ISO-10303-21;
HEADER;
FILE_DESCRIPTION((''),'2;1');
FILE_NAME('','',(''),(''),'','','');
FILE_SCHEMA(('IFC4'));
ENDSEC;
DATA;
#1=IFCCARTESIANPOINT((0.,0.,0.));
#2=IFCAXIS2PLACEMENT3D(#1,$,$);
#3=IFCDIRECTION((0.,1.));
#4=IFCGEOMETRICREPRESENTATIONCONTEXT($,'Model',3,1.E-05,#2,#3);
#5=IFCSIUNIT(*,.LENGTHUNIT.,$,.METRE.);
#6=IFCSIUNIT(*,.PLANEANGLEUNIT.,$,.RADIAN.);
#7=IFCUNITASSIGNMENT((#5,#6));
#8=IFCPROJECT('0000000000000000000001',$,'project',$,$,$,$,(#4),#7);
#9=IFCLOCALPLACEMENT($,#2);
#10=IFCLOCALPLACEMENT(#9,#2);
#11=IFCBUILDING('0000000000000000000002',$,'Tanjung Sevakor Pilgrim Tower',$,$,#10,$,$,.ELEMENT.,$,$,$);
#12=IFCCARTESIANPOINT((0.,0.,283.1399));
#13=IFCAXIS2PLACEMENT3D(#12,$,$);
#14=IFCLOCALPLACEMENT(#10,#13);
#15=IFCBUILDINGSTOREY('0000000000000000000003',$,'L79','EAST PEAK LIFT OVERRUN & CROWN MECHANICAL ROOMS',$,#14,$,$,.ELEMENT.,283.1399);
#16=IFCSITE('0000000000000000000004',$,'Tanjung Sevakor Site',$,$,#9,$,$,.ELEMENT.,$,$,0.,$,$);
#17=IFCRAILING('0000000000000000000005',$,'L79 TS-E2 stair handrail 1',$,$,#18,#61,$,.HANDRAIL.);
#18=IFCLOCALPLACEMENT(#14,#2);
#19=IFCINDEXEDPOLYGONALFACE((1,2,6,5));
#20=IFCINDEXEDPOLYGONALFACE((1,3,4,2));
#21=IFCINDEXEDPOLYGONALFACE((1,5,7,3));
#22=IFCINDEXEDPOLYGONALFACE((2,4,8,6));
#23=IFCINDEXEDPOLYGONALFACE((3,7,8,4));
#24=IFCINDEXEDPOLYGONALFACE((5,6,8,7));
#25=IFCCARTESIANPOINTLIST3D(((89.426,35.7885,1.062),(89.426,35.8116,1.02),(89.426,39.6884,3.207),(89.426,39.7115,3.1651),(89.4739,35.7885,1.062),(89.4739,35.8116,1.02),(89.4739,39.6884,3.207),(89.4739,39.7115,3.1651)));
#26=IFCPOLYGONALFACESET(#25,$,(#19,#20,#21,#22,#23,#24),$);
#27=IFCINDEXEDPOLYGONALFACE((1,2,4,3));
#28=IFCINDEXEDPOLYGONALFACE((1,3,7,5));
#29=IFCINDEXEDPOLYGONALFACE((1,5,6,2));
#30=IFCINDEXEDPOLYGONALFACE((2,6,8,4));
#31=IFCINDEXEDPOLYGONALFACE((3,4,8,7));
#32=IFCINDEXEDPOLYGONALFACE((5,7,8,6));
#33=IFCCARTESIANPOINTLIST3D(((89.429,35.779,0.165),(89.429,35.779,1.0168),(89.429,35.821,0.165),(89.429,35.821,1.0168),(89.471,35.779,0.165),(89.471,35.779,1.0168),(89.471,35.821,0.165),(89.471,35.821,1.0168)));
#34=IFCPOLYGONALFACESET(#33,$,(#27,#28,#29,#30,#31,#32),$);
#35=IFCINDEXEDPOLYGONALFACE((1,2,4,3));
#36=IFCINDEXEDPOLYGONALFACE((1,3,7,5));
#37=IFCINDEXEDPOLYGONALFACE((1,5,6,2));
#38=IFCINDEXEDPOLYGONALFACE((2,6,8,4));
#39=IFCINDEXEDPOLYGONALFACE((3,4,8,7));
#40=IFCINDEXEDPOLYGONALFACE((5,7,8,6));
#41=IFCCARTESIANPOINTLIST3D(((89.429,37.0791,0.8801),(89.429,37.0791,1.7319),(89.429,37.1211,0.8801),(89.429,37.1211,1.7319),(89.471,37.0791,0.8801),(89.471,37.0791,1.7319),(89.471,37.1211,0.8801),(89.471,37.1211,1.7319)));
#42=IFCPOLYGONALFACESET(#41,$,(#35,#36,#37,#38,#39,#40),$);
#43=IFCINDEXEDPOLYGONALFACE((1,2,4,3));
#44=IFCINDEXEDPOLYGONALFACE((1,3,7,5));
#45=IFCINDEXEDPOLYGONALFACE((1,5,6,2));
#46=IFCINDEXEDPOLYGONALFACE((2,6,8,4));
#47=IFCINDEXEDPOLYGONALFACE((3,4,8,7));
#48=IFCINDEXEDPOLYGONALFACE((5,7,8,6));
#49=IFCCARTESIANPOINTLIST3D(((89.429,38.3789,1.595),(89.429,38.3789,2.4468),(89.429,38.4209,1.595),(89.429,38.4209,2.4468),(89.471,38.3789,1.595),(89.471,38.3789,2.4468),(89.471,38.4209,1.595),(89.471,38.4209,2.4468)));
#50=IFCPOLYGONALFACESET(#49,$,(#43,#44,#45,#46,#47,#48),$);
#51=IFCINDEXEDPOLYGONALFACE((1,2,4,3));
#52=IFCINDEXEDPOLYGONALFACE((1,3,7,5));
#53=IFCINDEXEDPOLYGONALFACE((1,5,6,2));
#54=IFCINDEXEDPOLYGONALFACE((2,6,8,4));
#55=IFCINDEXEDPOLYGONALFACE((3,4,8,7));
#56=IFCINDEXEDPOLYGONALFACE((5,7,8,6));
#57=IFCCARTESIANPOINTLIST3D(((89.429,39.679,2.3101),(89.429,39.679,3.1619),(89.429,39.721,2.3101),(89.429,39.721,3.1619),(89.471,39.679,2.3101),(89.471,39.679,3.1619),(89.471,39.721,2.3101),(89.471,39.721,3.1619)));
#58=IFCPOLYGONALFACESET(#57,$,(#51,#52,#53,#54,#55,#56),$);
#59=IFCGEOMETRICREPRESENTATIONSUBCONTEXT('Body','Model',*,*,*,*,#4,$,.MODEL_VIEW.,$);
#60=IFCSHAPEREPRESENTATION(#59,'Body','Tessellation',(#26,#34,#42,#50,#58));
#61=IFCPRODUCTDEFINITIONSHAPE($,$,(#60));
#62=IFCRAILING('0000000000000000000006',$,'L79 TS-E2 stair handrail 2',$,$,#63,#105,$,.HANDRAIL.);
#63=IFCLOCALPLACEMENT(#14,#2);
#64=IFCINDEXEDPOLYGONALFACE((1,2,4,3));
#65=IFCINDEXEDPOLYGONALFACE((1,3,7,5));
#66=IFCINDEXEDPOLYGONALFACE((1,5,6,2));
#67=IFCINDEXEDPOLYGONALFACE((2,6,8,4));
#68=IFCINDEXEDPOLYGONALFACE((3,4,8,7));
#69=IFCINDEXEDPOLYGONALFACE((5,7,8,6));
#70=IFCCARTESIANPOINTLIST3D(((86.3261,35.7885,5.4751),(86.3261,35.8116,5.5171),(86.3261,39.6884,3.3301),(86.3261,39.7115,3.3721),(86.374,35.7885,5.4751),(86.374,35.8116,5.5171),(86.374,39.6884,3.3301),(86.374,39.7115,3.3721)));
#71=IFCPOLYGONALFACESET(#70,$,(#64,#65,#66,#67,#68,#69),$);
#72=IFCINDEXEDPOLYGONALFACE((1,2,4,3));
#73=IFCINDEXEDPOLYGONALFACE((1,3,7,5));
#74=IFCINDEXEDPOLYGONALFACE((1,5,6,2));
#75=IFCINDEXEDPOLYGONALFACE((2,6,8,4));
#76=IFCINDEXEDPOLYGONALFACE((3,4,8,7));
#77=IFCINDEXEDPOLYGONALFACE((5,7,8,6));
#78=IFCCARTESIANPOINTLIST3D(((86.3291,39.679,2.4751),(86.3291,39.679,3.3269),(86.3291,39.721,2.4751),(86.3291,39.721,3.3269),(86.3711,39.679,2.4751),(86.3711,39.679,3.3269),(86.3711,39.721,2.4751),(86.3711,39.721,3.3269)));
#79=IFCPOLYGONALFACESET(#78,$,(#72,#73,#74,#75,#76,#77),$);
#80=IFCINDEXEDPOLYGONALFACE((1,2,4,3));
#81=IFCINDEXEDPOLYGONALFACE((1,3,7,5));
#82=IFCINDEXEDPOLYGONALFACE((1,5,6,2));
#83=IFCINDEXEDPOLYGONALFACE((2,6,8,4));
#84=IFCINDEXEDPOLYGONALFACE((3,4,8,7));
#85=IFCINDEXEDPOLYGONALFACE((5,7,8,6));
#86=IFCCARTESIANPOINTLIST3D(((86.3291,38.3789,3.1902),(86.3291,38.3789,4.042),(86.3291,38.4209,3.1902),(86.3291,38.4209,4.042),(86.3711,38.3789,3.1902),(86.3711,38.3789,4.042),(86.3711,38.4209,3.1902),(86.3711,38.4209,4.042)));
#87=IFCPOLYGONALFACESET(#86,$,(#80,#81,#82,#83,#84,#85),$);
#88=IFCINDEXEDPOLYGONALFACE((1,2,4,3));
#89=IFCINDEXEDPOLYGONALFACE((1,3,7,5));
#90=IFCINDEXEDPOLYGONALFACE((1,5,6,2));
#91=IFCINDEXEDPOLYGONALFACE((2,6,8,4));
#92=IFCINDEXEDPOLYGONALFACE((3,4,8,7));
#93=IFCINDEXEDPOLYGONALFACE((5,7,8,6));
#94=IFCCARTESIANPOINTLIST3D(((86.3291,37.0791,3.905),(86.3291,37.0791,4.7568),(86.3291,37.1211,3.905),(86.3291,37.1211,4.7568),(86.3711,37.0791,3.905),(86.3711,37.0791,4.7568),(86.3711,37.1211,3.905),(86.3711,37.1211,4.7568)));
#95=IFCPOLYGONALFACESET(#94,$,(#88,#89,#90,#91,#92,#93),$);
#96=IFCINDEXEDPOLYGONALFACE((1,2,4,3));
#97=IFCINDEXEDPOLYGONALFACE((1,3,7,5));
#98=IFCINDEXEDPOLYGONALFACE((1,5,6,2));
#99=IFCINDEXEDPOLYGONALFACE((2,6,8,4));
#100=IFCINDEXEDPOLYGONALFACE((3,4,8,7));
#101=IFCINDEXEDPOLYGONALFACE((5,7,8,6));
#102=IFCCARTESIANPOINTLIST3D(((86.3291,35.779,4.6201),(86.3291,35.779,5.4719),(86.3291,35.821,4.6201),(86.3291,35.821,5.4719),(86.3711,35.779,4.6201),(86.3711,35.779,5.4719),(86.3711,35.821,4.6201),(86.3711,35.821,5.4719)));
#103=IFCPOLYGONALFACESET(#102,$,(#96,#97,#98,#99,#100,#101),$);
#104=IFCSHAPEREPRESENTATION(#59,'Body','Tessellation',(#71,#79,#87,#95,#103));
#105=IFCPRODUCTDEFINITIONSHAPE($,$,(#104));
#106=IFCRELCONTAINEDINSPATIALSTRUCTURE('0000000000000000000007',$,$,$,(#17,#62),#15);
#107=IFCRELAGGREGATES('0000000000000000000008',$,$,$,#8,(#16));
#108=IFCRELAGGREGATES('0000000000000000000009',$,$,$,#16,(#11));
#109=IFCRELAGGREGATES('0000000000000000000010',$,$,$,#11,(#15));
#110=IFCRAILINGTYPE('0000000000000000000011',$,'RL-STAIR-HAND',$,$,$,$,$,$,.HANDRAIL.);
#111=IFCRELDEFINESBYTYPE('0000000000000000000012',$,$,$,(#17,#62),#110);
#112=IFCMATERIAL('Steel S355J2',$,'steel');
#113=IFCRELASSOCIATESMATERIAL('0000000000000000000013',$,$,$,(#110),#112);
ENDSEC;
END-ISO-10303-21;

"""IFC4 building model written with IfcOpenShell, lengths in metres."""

from ifc_helpers import new_model, si_unit, direction, frame, origin, place, context, subcontext, project, spatial, rectangle, extrude, material, type_object, element, save


model = new_model("IFC4")

# Units and contexts
model_context = context("Model", 3, precision=1e-05, world=origin(), true_north=direction((0.0, 1.0)))
body_context = subcontext(model_context, "Body", "Model", "MODEL_VIEW")
ifc_project = project(units=[si_unit("LENGTHUNIT", "METRE"), si_unit("PLANEANGLEUNIT", "RADIAN")], contexts=[model_context])

# Site, building, storey
site_placement = place(None, origin())
site = spatial("IfcSite", under=ifc_project, at=site_placement, Name="Tanjung Sevakor Site", CompositionType="ELEMENT", RefElevation=0.0)
building_placement = place(site_placement, origin())
building = spatial("IfcBuilding", under=site, at=building_placement, Name="Tanjung Sevakor Pilgrim Tower", CompositionType="ELEMENT")
storey_placement = place(building_placement, frame((0.0, 0.0, 283.1399)))
storey = spatial("IfcBuildingStorey", under=building, at=storey_placement, Name="L79", Description="EAST PEAK LIFT OVERRUN & CROWN MECHANICAL ROOMS", CompositionType="ELEMENT", Elevation=283.1399)

# Railings
ifc_material_1 = material(Name="Steel S355J2", Category="steel")
railing_type_1 = type_object("IfcRailingType", Name="RL-STAIR-HAND", PredefinedType="HANDRAIL", material=ifc_material_1)
railing_1_placement = place(storey_placement, frame((89.45, 35.8, 0.165)))
element("IfcRailing", 1, at=railing_1_placement, inside=storey, type_object=railing_type_1, Name="L79 TS-E2 stair handrail 1", PredefinedType="HANDRAIL", context=body_context, shape_type="SweptSolid", body=[
    extrude(rectangle(XDim=0.0479, YDim=0.0479), frame((0.0, 0.0, 0.876), z_axis=(0.0, 0.876209, 0.481931), x_axis=(-1.0, 0.0, 0.0)), (0.0, 0.0, 1.0), 4.4509),
    extrude(rectangle(XDim=0.042, YDim=0.042), origin(), (0.0, 0.0, 1.0), 0.8518),
    extrude(rectangle(XDim=0.042, YDim=0.042), frame((0.0, 1.3, 0.7151)), (0.0, 0.0, 1.0), 0.8518),
    extrude(rectangle(XDim=0.042, YDim=0.042), frame((0.0, 2.5999, 1.4299)), (0.0, 0.0, 1.0), 0.8518),
    extrude(rectangle(XDim=0.042, YDim=0.042), frame((0.0, 3.8999, 2.145)), (0.0, 0.0, 1.0), 0.8518),
])
railing_2_placement = place(storey_placement, frame((86.3501, 39.7, 2.4751)))
element("IfcRailing", 2, at=railing_2_placement, inside=storey, type_object=railing_type_1, Name="L79 TS-E2 stair handrail 2", PredefinedType="HANDRAIL", context=body_context, shape_type="SweptSolid", body=[
    extrude(rectangle(XDim=0.0479, YDim=0.0479), frame((0.0, 0.0, 0.876), z_axis=(0.0, -0.876209, 0.481931), x_axis=(1.0, 0.0, 0.0)), (0.0, 0.0, 1.0), 4.4509),
    extrude(rectangle(XDim=0.042, YDim=0.042), origin(), (0.0, 0.0, 1.0), 0.8518),
    extrude(rectangle(XDim=0.042, YDim=0.042), frame((0.0, -1.3, 0.7151)), (0.0, 0.0, 1.0), 0.8518),
    extrude(rectangle(XDim=0.042, YDim=0.042), frame((0.0, -2.5999, 1.4299)), (0.0, 0.0, 1.0), 0.8518),
    extrude(rectangle(XDim=0.042, YDim=0.042), frame((0.0, -3.8999, 2.145)), (0.0, 0.0, 1.0), 0.8518),
])

save(model, "model.ifc")
